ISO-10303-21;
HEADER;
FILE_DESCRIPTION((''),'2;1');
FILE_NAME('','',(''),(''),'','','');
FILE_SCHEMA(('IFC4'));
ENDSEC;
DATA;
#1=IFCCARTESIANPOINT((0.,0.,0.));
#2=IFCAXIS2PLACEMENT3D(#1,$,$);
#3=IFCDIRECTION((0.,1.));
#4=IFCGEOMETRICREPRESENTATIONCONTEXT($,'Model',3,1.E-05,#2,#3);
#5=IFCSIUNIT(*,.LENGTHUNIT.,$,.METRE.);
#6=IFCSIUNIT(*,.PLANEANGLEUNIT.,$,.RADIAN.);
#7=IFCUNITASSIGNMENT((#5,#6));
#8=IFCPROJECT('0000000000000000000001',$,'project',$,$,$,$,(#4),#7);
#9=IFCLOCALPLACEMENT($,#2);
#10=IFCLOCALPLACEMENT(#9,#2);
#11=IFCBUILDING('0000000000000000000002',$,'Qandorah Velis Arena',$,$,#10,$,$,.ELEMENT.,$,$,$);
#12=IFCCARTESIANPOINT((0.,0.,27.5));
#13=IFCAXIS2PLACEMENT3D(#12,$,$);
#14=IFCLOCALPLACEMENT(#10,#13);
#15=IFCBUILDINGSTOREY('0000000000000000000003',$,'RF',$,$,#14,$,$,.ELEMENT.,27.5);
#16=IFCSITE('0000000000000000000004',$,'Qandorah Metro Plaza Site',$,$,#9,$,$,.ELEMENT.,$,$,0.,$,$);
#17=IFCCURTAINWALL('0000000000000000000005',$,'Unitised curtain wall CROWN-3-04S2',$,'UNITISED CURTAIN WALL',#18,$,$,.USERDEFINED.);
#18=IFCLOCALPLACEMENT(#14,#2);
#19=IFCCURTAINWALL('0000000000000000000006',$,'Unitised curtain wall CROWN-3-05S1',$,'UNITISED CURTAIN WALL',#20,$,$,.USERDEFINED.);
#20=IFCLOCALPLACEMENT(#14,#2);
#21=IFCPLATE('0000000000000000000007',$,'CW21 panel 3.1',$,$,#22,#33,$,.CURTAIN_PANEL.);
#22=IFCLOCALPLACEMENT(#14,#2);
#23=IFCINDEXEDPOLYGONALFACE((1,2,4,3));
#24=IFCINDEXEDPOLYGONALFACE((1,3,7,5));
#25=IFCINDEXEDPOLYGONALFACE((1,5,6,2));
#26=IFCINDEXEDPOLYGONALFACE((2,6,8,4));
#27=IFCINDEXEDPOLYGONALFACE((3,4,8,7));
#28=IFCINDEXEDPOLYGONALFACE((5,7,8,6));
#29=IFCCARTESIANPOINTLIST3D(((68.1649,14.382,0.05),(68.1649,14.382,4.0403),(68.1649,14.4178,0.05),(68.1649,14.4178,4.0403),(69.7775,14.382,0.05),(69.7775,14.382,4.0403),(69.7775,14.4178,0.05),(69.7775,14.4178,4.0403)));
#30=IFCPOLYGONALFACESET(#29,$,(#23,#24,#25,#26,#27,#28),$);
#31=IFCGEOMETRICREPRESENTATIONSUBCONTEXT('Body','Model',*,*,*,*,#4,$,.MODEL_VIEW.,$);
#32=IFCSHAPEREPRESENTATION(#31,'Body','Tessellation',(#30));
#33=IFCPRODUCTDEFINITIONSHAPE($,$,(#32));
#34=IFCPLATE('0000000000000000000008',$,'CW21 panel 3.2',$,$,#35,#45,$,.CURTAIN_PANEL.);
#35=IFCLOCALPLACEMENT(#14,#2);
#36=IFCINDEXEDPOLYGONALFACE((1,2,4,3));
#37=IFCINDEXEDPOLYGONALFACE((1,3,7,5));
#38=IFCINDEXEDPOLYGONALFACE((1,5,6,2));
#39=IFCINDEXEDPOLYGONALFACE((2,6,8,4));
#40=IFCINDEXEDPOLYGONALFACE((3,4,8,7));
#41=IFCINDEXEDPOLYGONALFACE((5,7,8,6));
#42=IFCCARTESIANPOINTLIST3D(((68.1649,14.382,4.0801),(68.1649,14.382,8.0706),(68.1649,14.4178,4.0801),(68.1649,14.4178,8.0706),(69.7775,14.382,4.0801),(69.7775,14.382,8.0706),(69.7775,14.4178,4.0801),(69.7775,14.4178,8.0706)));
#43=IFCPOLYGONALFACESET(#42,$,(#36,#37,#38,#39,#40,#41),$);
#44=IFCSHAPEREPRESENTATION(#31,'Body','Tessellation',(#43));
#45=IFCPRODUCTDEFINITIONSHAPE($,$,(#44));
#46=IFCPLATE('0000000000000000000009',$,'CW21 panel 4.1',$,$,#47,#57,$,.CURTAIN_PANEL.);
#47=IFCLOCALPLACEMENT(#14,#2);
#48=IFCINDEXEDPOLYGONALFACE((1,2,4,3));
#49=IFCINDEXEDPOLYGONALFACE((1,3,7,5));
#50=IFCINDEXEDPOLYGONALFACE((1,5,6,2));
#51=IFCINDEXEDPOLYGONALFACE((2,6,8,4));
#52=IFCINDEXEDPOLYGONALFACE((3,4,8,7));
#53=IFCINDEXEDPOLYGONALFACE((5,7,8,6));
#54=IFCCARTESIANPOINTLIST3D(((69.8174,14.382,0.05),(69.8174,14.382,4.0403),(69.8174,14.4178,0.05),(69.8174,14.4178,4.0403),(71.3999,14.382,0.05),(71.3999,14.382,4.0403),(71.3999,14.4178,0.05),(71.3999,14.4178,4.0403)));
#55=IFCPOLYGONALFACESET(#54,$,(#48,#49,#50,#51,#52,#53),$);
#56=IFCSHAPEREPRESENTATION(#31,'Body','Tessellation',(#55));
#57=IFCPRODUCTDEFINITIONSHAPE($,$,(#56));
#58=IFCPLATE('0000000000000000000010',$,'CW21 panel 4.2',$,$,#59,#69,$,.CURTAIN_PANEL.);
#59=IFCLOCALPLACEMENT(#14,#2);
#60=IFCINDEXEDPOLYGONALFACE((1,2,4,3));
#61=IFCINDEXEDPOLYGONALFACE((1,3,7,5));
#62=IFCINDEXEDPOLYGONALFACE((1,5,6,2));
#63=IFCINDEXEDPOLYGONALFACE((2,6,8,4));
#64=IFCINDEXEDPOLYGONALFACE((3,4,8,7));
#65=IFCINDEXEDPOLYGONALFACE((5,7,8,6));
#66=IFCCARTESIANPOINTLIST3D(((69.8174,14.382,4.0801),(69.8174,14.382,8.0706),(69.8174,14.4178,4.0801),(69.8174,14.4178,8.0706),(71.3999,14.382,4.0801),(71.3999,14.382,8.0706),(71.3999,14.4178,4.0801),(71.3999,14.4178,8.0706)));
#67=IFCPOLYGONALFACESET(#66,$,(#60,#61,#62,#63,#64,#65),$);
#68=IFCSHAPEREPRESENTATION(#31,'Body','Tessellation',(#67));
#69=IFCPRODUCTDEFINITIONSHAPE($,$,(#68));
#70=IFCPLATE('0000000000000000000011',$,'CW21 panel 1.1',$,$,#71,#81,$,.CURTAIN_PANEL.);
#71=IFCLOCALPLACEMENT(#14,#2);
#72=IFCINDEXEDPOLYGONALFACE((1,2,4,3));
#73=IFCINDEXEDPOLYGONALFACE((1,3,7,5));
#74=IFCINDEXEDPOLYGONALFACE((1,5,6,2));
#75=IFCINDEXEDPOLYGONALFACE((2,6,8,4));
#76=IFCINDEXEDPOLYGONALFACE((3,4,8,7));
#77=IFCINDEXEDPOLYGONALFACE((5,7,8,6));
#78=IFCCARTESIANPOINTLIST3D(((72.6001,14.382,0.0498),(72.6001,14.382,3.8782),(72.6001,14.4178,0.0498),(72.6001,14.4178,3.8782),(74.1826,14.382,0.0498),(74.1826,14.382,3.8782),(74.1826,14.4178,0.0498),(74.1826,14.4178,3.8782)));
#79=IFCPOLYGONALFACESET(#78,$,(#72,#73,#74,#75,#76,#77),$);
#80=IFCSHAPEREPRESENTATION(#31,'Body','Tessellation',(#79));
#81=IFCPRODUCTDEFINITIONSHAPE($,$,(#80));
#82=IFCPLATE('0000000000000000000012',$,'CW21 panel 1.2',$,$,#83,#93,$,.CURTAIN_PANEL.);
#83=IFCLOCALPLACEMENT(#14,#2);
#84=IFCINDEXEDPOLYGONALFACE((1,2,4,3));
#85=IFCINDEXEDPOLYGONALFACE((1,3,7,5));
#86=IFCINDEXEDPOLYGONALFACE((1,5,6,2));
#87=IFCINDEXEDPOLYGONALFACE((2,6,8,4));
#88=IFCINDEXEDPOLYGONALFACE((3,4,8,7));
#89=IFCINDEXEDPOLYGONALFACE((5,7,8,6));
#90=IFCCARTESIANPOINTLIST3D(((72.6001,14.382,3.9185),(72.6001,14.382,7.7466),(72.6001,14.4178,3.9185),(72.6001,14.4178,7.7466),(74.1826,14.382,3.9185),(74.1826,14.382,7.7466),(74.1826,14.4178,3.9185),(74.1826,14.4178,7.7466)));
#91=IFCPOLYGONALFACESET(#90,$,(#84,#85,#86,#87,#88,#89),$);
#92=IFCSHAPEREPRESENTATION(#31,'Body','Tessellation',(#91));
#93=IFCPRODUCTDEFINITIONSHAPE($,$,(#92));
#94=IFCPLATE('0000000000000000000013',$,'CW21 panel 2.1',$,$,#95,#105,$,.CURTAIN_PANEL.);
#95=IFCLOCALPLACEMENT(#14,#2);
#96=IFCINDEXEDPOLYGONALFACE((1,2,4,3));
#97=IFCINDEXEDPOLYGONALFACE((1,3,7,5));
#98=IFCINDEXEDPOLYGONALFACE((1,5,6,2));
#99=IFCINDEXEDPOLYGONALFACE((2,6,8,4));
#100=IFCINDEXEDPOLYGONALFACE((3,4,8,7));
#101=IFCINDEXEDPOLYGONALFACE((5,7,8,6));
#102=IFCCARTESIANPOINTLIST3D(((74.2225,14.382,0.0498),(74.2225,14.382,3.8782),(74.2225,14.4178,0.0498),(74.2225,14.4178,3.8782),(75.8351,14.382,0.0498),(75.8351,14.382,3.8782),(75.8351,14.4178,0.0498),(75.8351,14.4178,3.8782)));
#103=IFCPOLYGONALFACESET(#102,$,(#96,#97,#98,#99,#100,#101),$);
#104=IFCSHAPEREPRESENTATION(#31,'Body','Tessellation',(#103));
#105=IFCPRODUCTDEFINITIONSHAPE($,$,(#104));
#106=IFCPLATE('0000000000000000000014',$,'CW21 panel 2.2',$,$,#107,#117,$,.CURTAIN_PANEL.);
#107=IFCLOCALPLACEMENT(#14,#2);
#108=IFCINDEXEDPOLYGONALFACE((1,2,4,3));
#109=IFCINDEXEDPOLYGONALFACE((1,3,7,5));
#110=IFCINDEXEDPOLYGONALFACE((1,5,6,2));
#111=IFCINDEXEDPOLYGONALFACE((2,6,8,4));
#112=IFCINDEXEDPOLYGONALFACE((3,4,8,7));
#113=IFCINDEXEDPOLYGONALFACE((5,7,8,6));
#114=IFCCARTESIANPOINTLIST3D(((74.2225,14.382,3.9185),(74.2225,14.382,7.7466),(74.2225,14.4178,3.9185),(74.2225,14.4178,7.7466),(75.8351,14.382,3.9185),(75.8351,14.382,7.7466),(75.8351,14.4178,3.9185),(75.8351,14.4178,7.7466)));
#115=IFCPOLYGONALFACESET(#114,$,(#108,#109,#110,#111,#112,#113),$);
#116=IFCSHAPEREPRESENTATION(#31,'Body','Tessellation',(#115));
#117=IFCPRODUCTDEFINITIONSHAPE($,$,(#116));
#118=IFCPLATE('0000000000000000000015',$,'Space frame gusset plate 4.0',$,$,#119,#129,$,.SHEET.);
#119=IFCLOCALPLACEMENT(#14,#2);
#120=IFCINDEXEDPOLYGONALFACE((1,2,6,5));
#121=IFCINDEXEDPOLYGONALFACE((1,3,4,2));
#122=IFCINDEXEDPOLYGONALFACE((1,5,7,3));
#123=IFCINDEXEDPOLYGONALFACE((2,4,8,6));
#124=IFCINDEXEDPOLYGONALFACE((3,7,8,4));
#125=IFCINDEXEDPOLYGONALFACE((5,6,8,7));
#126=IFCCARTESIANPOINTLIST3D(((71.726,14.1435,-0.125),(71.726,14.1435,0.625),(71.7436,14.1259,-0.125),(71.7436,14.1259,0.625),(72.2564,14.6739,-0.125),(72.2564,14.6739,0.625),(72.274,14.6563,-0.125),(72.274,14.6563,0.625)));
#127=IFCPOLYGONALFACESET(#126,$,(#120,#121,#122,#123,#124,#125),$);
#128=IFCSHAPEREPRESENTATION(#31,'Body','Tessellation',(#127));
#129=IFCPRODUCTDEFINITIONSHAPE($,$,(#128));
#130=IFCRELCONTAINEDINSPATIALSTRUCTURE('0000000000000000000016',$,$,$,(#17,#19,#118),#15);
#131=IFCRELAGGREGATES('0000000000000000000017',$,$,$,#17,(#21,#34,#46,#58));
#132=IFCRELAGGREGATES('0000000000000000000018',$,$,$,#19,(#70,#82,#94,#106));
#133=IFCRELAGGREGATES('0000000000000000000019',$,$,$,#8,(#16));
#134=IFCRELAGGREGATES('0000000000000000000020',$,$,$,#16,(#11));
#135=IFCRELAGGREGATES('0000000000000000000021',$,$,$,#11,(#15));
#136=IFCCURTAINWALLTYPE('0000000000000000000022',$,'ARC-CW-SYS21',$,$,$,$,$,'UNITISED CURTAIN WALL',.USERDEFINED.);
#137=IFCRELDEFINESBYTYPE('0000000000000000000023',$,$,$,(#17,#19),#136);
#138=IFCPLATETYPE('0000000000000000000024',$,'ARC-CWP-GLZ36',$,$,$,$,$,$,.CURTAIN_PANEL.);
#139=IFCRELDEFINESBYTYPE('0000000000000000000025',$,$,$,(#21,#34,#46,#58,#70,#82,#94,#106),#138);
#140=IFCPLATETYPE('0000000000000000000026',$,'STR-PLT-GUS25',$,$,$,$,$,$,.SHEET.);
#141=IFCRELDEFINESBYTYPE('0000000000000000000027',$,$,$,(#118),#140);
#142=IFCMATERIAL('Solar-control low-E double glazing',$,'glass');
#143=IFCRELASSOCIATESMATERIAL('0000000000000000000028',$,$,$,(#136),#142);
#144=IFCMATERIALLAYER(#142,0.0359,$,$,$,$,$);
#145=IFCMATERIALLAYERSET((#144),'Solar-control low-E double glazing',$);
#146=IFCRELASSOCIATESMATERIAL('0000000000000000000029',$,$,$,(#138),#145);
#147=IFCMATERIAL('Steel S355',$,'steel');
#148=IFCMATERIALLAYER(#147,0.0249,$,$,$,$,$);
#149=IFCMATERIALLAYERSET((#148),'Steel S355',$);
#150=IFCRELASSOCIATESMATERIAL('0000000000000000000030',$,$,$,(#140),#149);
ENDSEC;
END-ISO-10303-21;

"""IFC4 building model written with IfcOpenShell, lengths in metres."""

from ifc_helpers import new_model, si_unit, direction, frame, origin, origin_2d, place, context, subcontext, project, spatial, rectangle, extrude, material, layer, layer_set, type_object, element, aggregate, save


model = new_model("IFC4")

# Units and contexts
model_context = context("Model", 3, precision=1e-05, world=origin(), true_north=direction((0.0, 1.0)))
body_context = subcontext(model_context, "Body", "Model", "MODEL_VIEW")
ifc_project = project(units=[si_unit("LENGTHUNIT", "METRE"), si_unit("PLANEANGLEUNIT", "RADIAN")], contexts=[model_context])

# Site, building, storey
site_placement = place(None, origin())
site = spatial("IfcSite", under=ifc_project, at=site_placement, Name="Qandorah Metro Plaza Site", CompositionType="ELEMENT", RefElevation=0.0)
building_placement = place(site_placement, origin())
building = spatial("IfcBuilding", under=site, at=building_placement, Name="Qandorah Velis Arena", CompositionType="ELEMENT")
storey_placement = place(building_placement, frame((0.0, 0.0, 27.5)))
storey = spatial("IfcBuildingStorey", under=building, at=storey_placement, Name="RF", CompositionType="ELEMENT", Elevation=27.5)

# Curtain walls
ifc_material_1 = material(Name="Solar-control low-E double glazing", Category="glass")
curtain_wall_type = type_object("IfcCurtainWallType", Name="ARC-CW-SYS21", ElementType="UNITISED CURTAIN WALL", PredefinedType="USERDEFINED", material=ifc_material_1)
curtain_wall_1_placement = place(storey_placement, origin())
curtain_wall_1 = element("IfcCurtainWall", 1, at=curtain_wall_1_placement, inside=storey, type_object=curtain_wall_type, Name="Unitised curtain wall CROWN-3-04S2", ObjectType="UNITISED CURTAIN WALL", PredefinedType="USERDEFINED")
curtain_wall_2_placement = place(storey_placement, origin())
curtain_wall_2 = element("IfcCurtainWall", 2, at=curtain_wall_2_placement, inside=storey, type_object=curtain_wall_type, Name="Unitised curtain wall CROWN-3-05S1", ObjectType="UNITISED CURTAIN WALL", PredefinedType="USERDEFINED")

# Shared definitions
ifc_material_2 = material(Name="Steel S355", Category="steel")

# Plates
ifc_layer_1 = layer(ifc_material_1, 0.0359)
ifc_layer_set_1 = layer_set([ifc_layer_1], Name="Solar-control low-E double glazing")
plate_type_1 = type_object("IfcPlateType", Name="ARC-CWP-GLZ36", PredefinedType="CURTAIN_PANEL", material=ifc_layer_set_1)
plate_1_placement = place(storey_placement, frame((68.9712, 14.3999, 0.05), z_axis=(0.0, 0.0, 1.0), x_axis=(1.0, 0.0, 0.0)))
plate_1 = element("IfcPlate", 3, at=plate_1_placement, type_object=plate_type_1, Name="CW21 panel 3.1", PredefinedType="CURTAIN_PANEL", context=body_context, shape_type="SweptSolid", body=[
    extrude(rectangle(XDim=1.6125, YDim=0.0359, at=origin_2d()), origin(), (0.0, 0.0, 1.0), 3.9902),
])
plate_2_placement = place(storey_placement, frame((68.9712, 14.3999, 4.0801), z_axis=(0.0, 0.0, 1.0), x_axis=(1.0, 0.0, 0.0)))
plate_2 = element("IfcPlate", 4, at=plate_2_placement, type_object=plate_type_1, Name="CW21 panel 3.2", PredefinedType="CURTAIN_PANEL", context=body_context, shape_type="SweptSolid", body=[
    extrude(rectangle(XDim=1.6125, YDim=0.0359, at=origin_2d()), origin(), (0.0, 0.0, 1.0), 3.9905),
])
plate_3_placement = place(storey_placement, frame((70.6086, 14.3999, 0.05), z_axis=(0.0, 0.0, 1.0), x_axis=(1.0, 0.0, 0.0)))
plate_3 = element("IfcPlate", 5, at=plate_3_placement, type_object=plate_type_1, Name="CW21 panel 4.1", PredefinedType="CURTAIN_PANEL", context=body_context, shape_type="SweptSolid", body=[
    extrude(rectangle(XDim=1.5825, YDim=0.0359, at=origin_2d()), origin(), (0.0, 0.0, 1.0), 3.9902),
])
plate_4_placement = place(storey_placement, frame((70.6086, 14.3999, 4.0801), z_axis=(0.0, 0.0, 1.0), x_axis=(1.0, 0.0, 0.0)))
plate_4 = element("IfcPlate", 6, at=plate_4_placement, type_object=plate_type_1, Name="CW21 panel 4.2", PredefinedType="CURTAIN_PANEL", context=body_context, shape_type="SweptSolid", body=[
    extrude(rectangle(XDim=1.5825, YDim=0.0359, at=origin_2d()), origin(), (0.0, 0.0, 1.0), 3.9905),
])
aggregate(curtain_wall_1, [plate_1, plate_2, plate_3, plate_4])
plate_5_placement = place(storey_placement, frame((73.3914, 14.3999, 0.0498), z_axis=(0.0, 0.0, 1.0), x_axis=(1.0, 0.0, 0.0)))
plate_5 = element("IfcPlate", 7, at=plate_5_placement, type_object=plate_type_1, Name="CW21 panel 1.1", PredefinedType="CURTAIN_PANEL", context=body_context, shape_type="SweptSolid", body=[
    extrude(rectangle(XDim=1.5825, YDim=0.0359, at=origin_2d()), origin(), (0.0, 0.0, 1.0), 3.8284),
])
plate_6_placement = place(storey_placement, frame((73.3914, 14.3999, 3.9185), z_axis=(0.0, 0.0, 1.0), x_axis=(1.0, 0.0, 0.0)))
plate_6 = element("IfcPlate", 8, at=plate_6_placement, type_object=plate_type_1, Name="CW21 panel 1.2", PredefinedType="CURTAIN_PANEL", context=body_context, shape_type="SweptSolid", body=[
    extrude(rectangle(XDim=1.5825, YDim=0.0359, at=origin_2d()), origin(), (0.0, 0.0, 1.0), 3.8281),
])
plate_7_placement = place(storey_placement, frame((75.0288, 14.3999, 0.0498), z_axis=(0.0, 0.0, 1.0), x_axis=(1.0, 0.0, 0.0)))
plate_7 = element("IfcPlate", 9, at=plate_7_placement, type_object=plate_type_1, Name="CW21 panel 2.1", PredefinedType="CURTAIN_PANEL", context=body_context, shape_type="SweptSolid", body=[
    extrude(rectangle(XDim=1.6125, YDim=0.0359, at=origin_2d()), origin(), (0.0, 0.0, 1.0), 3.8284),
])
plate_8_placement = place(storey_placement, frame((75.0288, 14.3999, 3.9185), z_axis=(0.0, 0.0, 1.0), x_axis=(1.0, 0.0, 0.0)))
plate_8 = element("IfcPlate", 10, at=plate_8_placement, type_object=plate_type_1, Name="CW21 panel 2.2", PredefinedType="CURTAIN_PANEL", context=body_context, shape_type="SweptSolid", body=[
    extrude(rectangle(XDim=1.6125, YDim=0.0359, at=origin_2d()), origin(), (0.0, 0.0, 1.0), 3.8281),
])
aggregate(curtain_wall_2, [plate_5, plate_6, plate_7, plate_8])
ifc_layer_2 = layer(ifc_material_2, 0.0249)
ifc_layer_set_2 = layer_set([ifc_layer_2], Name="Steel S355")
plate_type_2 = type_object("IfcPlateType", Name="STR-PLT-GUS25", PredefinedType="SHEET", material=ifc_layer_set_2)
plate_9_placement = place(storey_placement, frame((72.0, 14.3999, -0.125), z_axis=(0.0, 0.0, 1.0), x_axis=(0.707107, 0.707107, 0.0)))
element("IfcPlate", 11, at=plate_9_placement, inside=storey, type_object=plate_type_2, Name="Space frame gusset plate 4.0", PredefinedType="SHEET", context=body_context, shape_type="SweptSolid", body=[
    extrude(rectangle(XDim=0.75, YDim=0.0249, at=origin_2d()), origin(), (0.0, 0.0, 1.0), 0.75),
])

save(model, "model.ifc")
